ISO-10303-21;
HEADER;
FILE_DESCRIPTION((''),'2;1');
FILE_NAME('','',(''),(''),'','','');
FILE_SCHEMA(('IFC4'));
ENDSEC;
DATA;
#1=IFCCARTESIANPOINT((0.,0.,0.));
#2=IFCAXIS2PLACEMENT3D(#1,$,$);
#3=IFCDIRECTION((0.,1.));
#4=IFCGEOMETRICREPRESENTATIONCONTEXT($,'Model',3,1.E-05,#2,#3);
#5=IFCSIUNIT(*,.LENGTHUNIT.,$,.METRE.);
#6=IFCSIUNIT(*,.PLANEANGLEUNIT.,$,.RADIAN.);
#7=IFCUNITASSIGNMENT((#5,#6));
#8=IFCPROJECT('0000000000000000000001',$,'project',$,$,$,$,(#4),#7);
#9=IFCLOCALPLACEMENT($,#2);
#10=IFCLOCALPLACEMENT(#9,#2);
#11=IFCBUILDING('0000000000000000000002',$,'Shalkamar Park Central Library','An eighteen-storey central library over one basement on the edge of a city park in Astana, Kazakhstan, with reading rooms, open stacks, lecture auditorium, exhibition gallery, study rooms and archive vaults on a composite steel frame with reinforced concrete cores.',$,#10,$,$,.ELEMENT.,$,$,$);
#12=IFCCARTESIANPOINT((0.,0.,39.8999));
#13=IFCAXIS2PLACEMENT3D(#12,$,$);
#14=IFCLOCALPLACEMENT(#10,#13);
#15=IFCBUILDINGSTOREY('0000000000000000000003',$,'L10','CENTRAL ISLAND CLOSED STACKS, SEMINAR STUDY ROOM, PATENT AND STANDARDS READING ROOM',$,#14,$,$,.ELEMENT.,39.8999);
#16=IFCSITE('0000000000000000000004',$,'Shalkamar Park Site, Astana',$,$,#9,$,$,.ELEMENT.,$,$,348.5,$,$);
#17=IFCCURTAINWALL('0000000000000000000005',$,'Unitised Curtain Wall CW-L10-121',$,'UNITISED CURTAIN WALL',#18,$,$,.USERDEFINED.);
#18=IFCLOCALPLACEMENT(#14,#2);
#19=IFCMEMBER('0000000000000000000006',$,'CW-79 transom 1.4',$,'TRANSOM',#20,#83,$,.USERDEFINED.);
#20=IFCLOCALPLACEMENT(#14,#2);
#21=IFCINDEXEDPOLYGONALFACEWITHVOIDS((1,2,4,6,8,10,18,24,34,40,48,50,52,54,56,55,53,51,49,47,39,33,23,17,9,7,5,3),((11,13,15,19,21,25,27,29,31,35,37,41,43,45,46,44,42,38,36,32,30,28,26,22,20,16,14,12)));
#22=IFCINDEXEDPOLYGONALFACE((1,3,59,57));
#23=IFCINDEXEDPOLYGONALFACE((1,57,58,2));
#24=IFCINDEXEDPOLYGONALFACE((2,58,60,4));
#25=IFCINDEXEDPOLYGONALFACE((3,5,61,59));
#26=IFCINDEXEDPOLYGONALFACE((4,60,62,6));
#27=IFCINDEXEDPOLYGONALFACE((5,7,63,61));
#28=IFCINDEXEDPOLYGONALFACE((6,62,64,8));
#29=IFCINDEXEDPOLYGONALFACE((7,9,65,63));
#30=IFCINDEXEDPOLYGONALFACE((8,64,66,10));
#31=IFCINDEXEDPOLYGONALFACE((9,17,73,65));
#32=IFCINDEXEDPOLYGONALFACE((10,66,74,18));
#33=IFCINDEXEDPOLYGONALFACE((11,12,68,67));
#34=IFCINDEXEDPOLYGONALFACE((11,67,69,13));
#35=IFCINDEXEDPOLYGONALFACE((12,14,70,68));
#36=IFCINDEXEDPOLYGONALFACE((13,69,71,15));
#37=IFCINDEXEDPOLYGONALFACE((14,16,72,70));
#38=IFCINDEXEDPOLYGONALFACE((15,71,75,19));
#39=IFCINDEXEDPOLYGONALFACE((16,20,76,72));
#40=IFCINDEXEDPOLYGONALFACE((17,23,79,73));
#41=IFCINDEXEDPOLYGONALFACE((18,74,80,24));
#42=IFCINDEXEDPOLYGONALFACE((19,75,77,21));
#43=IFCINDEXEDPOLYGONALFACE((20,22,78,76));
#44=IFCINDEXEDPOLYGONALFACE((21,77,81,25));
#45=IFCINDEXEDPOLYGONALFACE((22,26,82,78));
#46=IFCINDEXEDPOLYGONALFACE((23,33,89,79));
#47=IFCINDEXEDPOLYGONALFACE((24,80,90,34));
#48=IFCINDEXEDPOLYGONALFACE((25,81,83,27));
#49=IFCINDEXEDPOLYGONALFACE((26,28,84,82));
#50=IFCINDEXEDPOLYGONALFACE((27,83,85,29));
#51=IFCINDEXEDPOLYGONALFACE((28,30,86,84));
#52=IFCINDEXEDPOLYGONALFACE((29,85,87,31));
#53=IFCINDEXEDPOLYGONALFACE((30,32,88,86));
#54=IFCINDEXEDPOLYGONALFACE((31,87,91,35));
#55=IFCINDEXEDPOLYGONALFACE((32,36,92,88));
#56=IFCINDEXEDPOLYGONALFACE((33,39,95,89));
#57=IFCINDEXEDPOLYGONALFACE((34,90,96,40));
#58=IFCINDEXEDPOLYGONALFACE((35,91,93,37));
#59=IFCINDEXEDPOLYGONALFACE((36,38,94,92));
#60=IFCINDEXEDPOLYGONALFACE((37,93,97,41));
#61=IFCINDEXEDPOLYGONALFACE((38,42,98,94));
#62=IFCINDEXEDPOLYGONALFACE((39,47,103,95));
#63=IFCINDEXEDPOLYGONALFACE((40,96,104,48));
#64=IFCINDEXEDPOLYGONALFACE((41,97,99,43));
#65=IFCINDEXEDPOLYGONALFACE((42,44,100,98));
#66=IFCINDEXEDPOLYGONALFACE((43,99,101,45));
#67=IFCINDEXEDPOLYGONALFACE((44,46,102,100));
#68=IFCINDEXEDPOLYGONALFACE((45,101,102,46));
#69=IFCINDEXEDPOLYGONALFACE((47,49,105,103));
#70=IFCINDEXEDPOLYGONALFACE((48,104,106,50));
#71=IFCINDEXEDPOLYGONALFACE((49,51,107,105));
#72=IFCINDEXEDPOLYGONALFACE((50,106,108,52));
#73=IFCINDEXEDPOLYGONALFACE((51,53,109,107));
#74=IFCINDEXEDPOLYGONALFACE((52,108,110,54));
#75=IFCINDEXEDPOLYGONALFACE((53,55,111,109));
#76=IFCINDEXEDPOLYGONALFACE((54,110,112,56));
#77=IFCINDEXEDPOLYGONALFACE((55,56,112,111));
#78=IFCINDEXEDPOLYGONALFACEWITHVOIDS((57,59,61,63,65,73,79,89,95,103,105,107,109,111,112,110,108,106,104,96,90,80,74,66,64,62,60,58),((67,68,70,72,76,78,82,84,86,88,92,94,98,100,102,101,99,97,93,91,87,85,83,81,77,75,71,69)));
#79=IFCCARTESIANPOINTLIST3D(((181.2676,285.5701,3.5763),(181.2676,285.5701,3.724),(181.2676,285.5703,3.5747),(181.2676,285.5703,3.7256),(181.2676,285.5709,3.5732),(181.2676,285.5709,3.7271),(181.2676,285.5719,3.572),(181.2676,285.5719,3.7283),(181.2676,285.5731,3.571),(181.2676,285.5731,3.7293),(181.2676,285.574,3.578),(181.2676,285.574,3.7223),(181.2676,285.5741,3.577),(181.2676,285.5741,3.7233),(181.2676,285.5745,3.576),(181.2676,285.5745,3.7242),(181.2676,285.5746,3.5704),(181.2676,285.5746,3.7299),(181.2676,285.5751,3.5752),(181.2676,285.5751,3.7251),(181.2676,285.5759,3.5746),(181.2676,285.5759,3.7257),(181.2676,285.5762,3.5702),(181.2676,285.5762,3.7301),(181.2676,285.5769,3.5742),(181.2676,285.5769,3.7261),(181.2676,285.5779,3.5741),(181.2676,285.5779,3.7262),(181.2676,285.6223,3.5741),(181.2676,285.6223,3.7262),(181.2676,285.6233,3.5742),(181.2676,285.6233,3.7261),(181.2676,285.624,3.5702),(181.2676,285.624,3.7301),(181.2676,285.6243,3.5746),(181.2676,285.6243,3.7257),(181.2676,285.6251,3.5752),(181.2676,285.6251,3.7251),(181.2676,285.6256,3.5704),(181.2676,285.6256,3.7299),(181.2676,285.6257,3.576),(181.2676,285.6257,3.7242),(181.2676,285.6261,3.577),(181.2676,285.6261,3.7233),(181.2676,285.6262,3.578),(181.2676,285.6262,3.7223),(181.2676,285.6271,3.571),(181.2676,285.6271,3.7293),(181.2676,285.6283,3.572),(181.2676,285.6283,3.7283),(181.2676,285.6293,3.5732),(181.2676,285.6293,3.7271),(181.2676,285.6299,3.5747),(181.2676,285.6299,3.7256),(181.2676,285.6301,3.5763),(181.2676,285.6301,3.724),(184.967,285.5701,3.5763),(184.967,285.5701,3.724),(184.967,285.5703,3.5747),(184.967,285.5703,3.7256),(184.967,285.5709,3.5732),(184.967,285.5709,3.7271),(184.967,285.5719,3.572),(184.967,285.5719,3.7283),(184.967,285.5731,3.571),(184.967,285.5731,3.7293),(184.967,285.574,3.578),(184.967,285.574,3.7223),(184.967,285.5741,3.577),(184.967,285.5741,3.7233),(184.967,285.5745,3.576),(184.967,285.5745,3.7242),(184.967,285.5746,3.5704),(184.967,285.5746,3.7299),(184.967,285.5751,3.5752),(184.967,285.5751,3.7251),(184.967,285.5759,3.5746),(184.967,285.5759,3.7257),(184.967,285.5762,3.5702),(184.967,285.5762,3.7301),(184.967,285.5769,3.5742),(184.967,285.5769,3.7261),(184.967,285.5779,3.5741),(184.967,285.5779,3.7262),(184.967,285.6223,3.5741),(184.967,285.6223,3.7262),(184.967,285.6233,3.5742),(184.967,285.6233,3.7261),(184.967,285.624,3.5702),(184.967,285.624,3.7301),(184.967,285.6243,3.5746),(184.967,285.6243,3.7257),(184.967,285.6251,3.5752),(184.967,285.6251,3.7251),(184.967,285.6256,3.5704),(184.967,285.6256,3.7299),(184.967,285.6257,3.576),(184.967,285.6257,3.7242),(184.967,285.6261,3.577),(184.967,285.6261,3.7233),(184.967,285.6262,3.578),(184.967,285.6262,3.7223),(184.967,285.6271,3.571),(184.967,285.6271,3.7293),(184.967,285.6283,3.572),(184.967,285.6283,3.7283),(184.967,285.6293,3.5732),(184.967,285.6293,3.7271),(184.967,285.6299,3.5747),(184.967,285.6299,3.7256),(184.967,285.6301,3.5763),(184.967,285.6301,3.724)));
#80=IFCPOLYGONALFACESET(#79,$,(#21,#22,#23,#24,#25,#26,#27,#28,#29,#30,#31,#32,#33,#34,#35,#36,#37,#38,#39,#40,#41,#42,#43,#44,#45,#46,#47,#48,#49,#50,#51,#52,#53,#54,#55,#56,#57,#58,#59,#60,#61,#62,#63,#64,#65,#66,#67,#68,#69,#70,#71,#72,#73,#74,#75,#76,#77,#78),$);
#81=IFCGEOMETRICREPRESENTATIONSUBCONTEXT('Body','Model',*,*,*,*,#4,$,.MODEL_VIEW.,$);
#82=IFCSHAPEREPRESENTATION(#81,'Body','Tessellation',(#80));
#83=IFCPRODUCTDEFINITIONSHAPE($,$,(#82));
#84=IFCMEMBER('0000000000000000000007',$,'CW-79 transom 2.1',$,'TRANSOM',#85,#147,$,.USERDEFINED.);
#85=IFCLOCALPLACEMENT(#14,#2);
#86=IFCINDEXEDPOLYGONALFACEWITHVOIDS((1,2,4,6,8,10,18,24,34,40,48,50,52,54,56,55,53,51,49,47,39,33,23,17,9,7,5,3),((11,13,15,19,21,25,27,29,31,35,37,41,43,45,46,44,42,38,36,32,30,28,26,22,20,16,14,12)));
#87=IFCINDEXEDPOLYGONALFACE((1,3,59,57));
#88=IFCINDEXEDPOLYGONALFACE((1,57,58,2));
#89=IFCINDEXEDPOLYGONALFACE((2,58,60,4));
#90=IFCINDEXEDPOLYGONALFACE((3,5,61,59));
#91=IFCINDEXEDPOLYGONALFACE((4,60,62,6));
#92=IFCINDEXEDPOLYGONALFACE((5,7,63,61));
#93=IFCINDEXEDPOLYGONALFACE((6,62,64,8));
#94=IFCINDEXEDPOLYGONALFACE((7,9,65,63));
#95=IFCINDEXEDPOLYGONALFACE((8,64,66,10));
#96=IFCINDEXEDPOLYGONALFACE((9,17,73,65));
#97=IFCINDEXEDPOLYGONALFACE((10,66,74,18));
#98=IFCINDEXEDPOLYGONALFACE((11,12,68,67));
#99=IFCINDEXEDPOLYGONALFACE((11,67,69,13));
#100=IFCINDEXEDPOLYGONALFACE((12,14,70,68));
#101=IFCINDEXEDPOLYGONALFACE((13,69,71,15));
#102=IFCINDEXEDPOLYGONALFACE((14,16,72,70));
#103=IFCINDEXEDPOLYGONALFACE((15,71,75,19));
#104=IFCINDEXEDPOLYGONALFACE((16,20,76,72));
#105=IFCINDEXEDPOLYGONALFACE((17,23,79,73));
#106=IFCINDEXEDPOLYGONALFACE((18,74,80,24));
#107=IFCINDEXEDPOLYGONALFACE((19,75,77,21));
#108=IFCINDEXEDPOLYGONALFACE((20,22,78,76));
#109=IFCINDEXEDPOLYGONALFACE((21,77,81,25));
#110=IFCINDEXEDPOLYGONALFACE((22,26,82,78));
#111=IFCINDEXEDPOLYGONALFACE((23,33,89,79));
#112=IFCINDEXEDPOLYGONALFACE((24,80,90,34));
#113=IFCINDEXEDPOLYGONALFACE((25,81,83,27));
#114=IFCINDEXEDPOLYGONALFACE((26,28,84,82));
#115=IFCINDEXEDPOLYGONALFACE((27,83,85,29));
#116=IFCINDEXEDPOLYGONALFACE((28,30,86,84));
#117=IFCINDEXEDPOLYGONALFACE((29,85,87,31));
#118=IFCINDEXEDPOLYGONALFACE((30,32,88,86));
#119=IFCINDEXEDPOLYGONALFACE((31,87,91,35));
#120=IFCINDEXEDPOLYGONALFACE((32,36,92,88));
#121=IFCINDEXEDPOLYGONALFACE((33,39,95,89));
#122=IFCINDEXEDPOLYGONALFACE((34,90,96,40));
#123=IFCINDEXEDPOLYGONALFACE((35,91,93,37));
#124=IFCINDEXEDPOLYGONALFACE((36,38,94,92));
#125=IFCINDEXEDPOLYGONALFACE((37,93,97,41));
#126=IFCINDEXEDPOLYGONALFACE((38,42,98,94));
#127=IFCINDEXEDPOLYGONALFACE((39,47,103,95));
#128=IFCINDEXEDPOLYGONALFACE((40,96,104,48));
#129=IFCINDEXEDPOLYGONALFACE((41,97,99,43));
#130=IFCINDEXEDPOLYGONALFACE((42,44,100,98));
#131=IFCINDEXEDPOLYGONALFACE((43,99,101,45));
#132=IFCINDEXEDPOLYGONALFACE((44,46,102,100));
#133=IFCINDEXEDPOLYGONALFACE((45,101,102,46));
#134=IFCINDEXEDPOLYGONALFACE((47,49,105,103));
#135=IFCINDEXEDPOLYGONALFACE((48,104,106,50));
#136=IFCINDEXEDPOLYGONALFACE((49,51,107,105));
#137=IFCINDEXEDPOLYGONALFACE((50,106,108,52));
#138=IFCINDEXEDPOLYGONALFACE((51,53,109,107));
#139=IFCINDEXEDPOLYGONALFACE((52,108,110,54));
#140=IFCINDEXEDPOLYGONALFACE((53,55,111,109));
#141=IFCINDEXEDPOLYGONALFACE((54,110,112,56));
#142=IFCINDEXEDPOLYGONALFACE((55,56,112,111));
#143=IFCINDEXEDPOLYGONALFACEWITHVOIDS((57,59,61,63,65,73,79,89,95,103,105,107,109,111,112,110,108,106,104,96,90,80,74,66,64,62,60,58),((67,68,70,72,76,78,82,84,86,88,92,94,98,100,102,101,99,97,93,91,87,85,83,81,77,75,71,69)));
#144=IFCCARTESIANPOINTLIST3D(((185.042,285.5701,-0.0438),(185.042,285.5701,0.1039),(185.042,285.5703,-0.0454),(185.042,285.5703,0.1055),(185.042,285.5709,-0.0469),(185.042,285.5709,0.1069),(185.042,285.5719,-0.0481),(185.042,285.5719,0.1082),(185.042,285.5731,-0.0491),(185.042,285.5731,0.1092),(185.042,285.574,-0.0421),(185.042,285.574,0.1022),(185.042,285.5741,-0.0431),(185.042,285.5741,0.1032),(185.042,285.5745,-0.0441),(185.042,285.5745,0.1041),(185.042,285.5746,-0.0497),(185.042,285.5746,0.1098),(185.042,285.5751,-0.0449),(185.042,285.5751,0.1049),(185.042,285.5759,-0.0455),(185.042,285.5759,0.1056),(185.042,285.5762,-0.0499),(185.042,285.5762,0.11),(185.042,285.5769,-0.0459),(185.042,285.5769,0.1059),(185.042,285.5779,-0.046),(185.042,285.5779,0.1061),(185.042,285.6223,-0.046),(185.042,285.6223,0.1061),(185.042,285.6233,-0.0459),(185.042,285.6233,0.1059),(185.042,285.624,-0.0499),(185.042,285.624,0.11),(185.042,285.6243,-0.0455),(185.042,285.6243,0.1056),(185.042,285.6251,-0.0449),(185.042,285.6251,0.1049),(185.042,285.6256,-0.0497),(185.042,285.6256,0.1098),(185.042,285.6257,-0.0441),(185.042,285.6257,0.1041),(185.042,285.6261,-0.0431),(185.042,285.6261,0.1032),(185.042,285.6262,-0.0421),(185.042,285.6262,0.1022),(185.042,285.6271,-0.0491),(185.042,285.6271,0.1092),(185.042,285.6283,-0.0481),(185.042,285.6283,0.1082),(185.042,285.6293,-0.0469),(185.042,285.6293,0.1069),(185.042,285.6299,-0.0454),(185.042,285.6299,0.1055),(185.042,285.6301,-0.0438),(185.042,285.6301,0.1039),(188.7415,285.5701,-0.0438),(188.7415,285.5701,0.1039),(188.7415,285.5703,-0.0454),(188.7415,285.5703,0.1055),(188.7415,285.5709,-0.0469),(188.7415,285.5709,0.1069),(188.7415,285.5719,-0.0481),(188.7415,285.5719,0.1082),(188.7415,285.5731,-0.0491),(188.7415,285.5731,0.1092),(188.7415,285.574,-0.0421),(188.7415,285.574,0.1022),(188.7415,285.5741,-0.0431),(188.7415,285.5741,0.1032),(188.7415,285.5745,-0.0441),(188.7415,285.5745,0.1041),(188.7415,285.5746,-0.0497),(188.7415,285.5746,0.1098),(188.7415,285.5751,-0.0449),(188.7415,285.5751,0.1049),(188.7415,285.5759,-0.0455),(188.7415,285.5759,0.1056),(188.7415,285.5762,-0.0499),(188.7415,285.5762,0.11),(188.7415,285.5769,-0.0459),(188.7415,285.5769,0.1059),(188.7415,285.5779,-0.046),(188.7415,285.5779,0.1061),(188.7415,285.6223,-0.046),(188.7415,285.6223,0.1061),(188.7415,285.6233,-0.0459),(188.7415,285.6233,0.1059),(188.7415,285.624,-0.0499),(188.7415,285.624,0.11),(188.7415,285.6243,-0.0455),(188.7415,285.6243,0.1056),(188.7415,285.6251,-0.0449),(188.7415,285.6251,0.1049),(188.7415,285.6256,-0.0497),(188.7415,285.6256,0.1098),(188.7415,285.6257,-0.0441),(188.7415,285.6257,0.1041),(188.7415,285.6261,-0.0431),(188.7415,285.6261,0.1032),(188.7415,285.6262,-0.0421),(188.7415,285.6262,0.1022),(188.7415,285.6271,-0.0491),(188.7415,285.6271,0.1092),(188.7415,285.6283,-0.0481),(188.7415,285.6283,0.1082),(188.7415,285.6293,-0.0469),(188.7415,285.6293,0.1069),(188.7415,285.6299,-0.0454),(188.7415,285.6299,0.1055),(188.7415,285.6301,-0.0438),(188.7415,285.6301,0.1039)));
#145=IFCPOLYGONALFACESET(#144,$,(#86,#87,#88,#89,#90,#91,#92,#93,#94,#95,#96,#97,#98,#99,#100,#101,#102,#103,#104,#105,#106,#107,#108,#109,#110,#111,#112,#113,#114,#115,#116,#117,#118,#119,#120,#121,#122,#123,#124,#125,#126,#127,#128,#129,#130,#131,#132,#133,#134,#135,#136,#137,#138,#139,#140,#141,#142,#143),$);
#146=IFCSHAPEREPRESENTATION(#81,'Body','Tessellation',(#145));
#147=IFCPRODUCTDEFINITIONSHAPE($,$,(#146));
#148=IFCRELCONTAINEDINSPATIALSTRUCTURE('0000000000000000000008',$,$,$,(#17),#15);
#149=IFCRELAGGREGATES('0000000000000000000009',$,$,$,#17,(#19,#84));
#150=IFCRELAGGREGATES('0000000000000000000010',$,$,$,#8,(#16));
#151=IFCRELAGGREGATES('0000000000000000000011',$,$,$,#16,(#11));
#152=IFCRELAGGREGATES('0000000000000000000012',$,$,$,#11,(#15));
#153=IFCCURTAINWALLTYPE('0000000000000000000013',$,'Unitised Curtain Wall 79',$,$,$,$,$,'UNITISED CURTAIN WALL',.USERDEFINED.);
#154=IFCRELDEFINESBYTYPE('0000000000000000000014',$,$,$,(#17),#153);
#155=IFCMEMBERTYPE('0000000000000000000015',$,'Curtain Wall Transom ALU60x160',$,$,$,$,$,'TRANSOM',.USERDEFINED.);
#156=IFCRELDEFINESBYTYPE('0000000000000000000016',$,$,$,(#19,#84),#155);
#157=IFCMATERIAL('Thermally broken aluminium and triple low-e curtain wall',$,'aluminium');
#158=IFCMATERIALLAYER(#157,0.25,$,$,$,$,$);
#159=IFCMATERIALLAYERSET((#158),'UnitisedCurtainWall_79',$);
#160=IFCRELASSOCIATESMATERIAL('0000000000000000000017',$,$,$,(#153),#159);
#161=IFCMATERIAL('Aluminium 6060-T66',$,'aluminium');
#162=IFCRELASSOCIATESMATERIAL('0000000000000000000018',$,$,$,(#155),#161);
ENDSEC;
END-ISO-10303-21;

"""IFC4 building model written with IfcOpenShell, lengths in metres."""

from ifc_helpers import new_model, si_unit, direction, frame, origin, origin_2d, place, context, subcontext, project, spatial, hollow_rectangle, extrude, material, layer, layer_set, material_profile, profile_set, type_object, element, aggregate, save


model = new_model("IFC4")

# Units and contexts
model_context = context("Model", 3, precision=1e-05, world=origin(), true_north=direction((0.0, 1.0)))
body_context = subcontext(model_context, "Body", "Model", "MODEL_VIEW")
ifc_project = project(units=[si_unit("LENGTHUNIT", "METRE"), si_unit("PLANEANGLEUNIT", "RADIAN")], contexts=[model_context])

# Site, building, storey
site_placement = place(None, origin())
site = spatial("IfcSite", under=ifc_project, at=site_placement, Name="Shalkamar Park Site, Astana", CompositionType="ELEMENT", RefElevation=348.5)
building_placement = place(site_placement, origin())
building = spatial("IfcBuilding", under=site, at=building_placement, Name="Shalkamar Park Central Library", Description="An eighteen-storey central library over one basement on the edge of a city park in Astana, Kazakhstan, with reading rooms, open stacks, lecture auditorium, exhibition gallery, study rooms and archive vaults on a composite steel frame with reinforced concrete cores.", CompositionType="ELEMENT")
storey_placement = place(building_placement, frame((0.0, 0.0, 39.8999)))
storey = spatial("IfcBuildingStorey", under=building, at=storey_placement, Name="L10", Description="CENTRAL ISLAND CLOSED STACKS, SEMINAR STUDY ROOM, PATENT AND STANDARDS READING ROOM", CompositionType="ELEMENT", Elevation=39.8999)

# Curtain wall
ifc_material_1 = material(Name="Thermally broken aluminium and triple low-e curtain wall", Category="aluminium")
ifc_layer_1 = layer(ifc_material_1, 0.25)
ifc_layer_set_1 = layer_set([ifc_layer_1], Name="UnitisedCurtainWall_79")
curtain_wall_type_1 = type_object("IfcCurtainWallType", Name="Unitised Curtain Wall 79", ElementType="UNITISED CURTAIN WALL", PredefinedType="USERDEFINED", material=ifc_layer_set_1)
curtain_wall_1_placement = place(storey_placement, origin())
curtain_wall_1 = element("IfcCurtainWall", 1, at=curtain_wall_1_placement, inside=storey, type_object=curtain_wall_type_1, Name="Unitised Curtain Wall CW-L10-121", ObjectType="UNITISED CURTAIN WALL", PredefinedType="USERDEFINED")
ifc_material_2 = material(Name="Aluminium 6060-T66", Category="aluminium")

# Members
ifc_material_profile_1 = material_profile(ifc_material_2, hollow_rectangle(XDim=0.0601, YDim=0.1599, WallThickness=0.0039, InnerFilletRadius=0.0039, OuterFilletRadius=0.0061, at=origin_2d()), Name="ALU 60x160x4")
ifc_profile_set_1 = profile_set([ifc_material_profile_1], Name="Aluminium 6060-T66")
member_type_1 = type_object("IfcMemberType", Name="Curtain Wall Transom ALU60x160", ElementType="TRANSOM", PredefinedType="USERDEFINED", material=ifc_profile_set_1)
member_1_placement = place(storey_placement, frame((181.2676, 285.6001, 3.6501), z_axis=(1.0, 0.0, 0.0), x_axis=(0.0, 1.0, 0.0)))
member_1 = element("IfcMember", 2, at=member_1_placement, type_object=member_type_1, Name="CW-79 transom 1.4", ObjectType="TRANSOM", PredefinedType="USERDEFINED", context=body_context, shape_type="SweptSolid", body=[
    extrude(hollow_rectangle(XDim=0.0601, YDim=0.1599, WallThickness=0.0039, InnerFilletRadius=0.0039, OuterFilletRadius=0.0061, at=origin_2d()), origin(), (0.0, 0.0, 1.0), 3.6995),
])
member_2_placement = place(storey_placement, frame((185.042, 285.6001, 0.03), z_axis=(1.0, 0.0, 0.0), x_axis=(0.0, 1.0, 0.0)))
member_2 = element("IfcMember", 3, at=member_2_placement, type_object=member_type_1, Name="CW-79 transom 2.1", ObjectType="TRANSOM", PredefinedType="USERDEFINED", context=body_context, shape_type="SweptSolid", body=[
    extrude(hollow_rectangle(XDim=0.0601, YDim=0.1599, WallThickness=0.0039, InnerFilletRadius=0.0039, OuterFilletRadius=0.0061, at=origin_2d()), origin(), (0.0, 0.0, 1.0), 3.6995),
])

aggregate(curtain_wall_1, [member_1, member_2])

save(model, "model.ifc")
